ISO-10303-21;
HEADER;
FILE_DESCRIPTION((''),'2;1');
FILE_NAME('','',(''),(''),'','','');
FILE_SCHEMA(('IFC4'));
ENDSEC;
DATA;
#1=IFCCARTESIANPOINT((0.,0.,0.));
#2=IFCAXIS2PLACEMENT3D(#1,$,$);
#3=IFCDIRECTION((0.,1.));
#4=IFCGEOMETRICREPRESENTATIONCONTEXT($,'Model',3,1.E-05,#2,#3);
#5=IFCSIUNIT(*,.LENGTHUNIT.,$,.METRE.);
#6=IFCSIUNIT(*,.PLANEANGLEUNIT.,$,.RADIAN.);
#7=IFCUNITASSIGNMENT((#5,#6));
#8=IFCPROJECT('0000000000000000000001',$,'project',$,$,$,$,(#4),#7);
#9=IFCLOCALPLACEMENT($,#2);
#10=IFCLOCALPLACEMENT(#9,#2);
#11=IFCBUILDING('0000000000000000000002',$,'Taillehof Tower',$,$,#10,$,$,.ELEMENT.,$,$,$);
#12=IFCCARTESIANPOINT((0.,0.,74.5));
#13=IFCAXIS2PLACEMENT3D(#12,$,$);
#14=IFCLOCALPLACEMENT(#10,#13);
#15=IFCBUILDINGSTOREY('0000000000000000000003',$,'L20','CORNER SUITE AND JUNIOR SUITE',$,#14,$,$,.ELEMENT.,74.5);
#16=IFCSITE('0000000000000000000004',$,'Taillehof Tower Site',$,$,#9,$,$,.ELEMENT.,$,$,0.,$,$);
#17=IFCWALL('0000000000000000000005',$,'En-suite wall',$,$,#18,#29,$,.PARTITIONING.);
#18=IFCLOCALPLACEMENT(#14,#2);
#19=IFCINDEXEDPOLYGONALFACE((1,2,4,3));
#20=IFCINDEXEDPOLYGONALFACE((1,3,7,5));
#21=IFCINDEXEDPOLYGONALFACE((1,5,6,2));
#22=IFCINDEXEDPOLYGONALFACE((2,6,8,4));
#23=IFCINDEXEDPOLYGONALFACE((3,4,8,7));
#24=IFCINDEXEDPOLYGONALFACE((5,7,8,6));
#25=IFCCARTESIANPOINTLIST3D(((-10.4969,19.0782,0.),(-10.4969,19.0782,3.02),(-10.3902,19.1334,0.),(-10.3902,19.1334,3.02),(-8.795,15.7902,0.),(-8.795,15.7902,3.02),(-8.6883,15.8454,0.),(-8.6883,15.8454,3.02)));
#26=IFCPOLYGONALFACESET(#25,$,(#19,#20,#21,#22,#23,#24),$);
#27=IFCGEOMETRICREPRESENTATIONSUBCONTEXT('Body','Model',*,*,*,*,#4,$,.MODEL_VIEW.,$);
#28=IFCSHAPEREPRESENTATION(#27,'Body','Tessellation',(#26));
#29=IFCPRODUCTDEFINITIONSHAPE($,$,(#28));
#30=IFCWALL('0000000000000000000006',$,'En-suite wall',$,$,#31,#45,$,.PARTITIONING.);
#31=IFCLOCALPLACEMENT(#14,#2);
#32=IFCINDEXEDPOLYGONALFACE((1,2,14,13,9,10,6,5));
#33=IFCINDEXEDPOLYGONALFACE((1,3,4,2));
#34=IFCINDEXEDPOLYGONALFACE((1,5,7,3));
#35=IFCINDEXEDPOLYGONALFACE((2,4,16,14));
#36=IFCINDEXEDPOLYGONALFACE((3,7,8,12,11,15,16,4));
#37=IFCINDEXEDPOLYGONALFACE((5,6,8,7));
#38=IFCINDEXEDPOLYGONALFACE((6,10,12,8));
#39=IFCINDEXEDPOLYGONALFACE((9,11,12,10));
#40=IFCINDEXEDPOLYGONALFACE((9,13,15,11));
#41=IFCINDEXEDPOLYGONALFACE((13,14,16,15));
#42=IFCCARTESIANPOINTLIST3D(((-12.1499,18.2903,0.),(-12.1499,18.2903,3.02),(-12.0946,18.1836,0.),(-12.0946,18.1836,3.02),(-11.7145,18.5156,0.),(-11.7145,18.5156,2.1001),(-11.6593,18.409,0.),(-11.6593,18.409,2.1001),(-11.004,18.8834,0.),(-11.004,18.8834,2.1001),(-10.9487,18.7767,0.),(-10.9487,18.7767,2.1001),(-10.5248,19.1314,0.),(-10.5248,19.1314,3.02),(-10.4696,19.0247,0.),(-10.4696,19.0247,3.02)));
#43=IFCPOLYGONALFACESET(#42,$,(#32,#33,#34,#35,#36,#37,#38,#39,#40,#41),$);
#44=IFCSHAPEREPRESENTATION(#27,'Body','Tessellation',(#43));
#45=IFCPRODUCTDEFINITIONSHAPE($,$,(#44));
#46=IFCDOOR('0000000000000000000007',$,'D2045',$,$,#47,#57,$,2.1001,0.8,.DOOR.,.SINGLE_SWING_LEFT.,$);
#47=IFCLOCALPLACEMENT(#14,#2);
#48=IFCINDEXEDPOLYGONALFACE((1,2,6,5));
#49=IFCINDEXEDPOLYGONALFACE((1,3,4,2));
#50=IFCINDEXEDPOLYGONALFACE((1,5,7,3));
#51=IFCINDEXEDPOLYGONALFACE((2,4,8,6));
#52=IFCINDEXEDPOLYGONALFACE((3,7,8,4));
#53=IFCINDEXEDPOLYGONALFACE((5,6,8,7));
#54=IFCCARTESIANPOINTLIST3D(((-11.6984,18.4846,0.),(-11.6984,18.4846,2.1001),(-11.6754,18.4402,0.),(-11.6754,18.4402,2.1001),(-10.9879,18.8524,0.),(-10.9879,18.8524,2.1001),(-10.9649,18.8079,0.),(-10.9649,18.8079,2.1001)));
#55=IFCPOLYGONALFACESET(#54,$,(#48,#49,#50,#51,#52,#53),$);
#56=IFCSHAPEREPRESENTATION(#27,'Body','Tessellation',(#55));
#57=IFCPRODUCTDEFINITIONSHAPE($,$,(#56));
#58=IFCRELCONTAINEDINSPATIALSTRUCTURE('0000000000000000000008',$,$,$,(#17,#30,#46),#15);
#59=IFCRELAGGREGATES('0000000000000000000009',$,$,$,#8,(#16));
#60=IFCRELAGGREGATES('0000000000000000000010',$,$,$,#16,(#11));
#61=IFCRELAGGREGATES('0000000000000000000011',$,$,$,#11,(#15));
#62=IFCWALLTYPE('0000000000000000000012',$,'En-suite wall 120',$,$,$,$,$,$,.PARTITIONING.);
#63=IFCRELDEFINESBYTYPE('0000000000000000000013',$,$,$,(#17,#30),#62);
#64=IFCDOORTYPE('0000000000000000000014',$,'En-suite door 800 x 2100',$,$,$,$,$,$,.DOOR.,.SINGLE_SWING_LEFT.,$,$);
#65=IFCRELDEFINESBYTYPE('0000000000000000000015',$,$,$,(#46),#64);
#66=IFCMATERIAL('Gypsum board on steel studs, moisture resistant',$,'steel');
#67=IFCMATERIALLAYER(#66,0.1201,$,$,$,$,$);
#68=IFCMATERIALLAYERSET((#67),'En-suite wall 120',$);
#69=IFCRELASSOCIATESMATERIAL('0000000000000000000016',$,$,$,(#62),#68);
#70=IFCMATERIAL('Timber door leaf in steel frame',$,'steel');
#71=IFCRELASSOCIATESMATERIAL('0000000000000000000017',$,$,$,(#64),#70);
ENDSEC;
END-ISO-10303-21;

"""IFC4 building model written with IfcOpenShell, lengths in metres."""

from ifc_helpers import new_model, si_unit, direction, frame, frame_2d, origin, place, context, subcontext, project, spatial, rectangle, extrude, material, layer, layer_set, type_object, element, fill, save


model = new_model("IFC4")

# Units and contexts
model_context = context("Model", 3, precision=1e-05, world=origin(), true_north=direction((0.0, 1.0)))
body_context = subcontext(model_context, "Body", "Model", "MODEL_VIEW")
ifc_project = project(units=[si_unit("LENGTHUNIT", "METRE"), si_unit("PLANEANGLEUNIT", "RADIAN")], contexts=[model_context])

# Site, building, storey
site_placement = place(None, origin())
site = spatial("IfcSite", under=ifc_project, at=site_placement, Name="Taillehof Tower Site", CompositionType="ELEMENT", RefElevation=0.0)
building_placement = place(site_placement, origin())
building = spatial("IfcBuilding", under=site, at=building_placement, Name="Taillehof Tower", CompositionType="ELEMENT")
storey_placement = place(building_placement, frame((0.0, 0.0, 74.5)))
storey = spatial("IfcBuildingStorey", under=building, at=storey_placement, Name="L20", Description="CORNER SUITE AND JUNIOR SUITE", CompositionType="ELEMENT", Elevation=74.5)

# Wall
ifc_material_1 = material(Name="Gypsum board on steel studs, moisture resistant", Category="steel")
ifc_layer_1 = layer(ifc_material_1, 0.1201)
ifc_layer_set_1 = layer_set([ifc_layer_1], Name="En-suite wall 120")
wall_type_1 = type_object("IfcWallType", Name="En-suite wall 120", PredefinedType="PARTITIONING", material=ifc_layer_set_1)
wall_1_placement = place(storey_placement, frame((-8.7417, 15.8179, 0.0), z_axis=(0.0, 0.0, 1.0), x_axis=(-0.459672, 0.888089, 0.0)))
element("IfcWall", 1, at=wall_1_placement, inside=storey, type_object=wall_type_1, Name="En-suite wall", PredefinedType="PARTITIONING", context=body_context, shape_type="SweptSolid", body=[
    extrude(rectangle(XDim=3.7024, YDim=0.1201, at=frame_2d((1.8511, 0.0))), origin(), (0.0, 0.0, 1.0), 3.02),
])

# Wall, opening, door
wall_2_placement = place(storey_placement, frame((-10.4971, 19.0781, 0.0), z_axis=(0.0, 0.0, 1.0), x_axis=(-0.888096, -0.459659, 0.0)))
wall_2 = element("IfcWall", 2, at=wall_2_placement, inside=storey, type_object=wall_type_1, Name="En-suite wall", PredefinedType="PARTITIONING", context=body_context, shape_type="SweptSolid", body=[
    extrude(rectangle(XDim=1.8298, YDim=0.1201, at=frame_2d((0.915, 0.0))), origin(), (0.0, 0.0, 1.0), 3.02),
])
opening_1_placement = place(wall_2_placement, frame((0.5398, 0.0, 0.0)))
opening_1 = element("IfcOpeningElement", 3, at=opening_1_placement, cuts=wall_2, PredefinedType="OPENING", context=body_context, shape_type="SweptSolid", body=[
    extrude(rectangle(XDim=0.8, YDim=2.1001, at=frame_2d((0.3999, 1.05))), frame((0.0, 0.0701, 0.0), z_axis=(0.0, -1.0, 0.0), x_axis=(1.0, 0.0, 0.0)), (0.0, 0.0, 1.0), 0.1401),
])
ifc_material_2 = material(Name="Timber door leaf in steel frame", Category="steel")
door_type_1 = type_object("IfcDoorType", Name="En-suite door 800 x 2100", OperationType="SINGLE_SWING_LEFT", PredefinedType="DOOR", material=ifc_material_2)
door_1_placement = place(opening_1_placement, origin())
door_1 = element("IfcDoor", 4, at=door_1_placement, inside=storey, type_object=door_type_1, Name="D2045", OperationType="SINGLE_SWING_LEFT", OverallHeight=2.1001, OverallWidth=0.8, PredefinedType="DOOR", context=body_context, shape_type="SweptSolid", body=[
    extrude(rectangle(XDim=0.8, YDim=2.1001, at=frame_2d((0.3999, 1.05))), frame((0.0, 0.0249, 0.0), z_axis=(0.0, -1.0, 0.0), x_axis=(1.0, 0.0, 0.0)), (0.0, 0.0, 1.0), 0.05),
])
fill(opening_1, door_1)

save(model, "model.ifc")
